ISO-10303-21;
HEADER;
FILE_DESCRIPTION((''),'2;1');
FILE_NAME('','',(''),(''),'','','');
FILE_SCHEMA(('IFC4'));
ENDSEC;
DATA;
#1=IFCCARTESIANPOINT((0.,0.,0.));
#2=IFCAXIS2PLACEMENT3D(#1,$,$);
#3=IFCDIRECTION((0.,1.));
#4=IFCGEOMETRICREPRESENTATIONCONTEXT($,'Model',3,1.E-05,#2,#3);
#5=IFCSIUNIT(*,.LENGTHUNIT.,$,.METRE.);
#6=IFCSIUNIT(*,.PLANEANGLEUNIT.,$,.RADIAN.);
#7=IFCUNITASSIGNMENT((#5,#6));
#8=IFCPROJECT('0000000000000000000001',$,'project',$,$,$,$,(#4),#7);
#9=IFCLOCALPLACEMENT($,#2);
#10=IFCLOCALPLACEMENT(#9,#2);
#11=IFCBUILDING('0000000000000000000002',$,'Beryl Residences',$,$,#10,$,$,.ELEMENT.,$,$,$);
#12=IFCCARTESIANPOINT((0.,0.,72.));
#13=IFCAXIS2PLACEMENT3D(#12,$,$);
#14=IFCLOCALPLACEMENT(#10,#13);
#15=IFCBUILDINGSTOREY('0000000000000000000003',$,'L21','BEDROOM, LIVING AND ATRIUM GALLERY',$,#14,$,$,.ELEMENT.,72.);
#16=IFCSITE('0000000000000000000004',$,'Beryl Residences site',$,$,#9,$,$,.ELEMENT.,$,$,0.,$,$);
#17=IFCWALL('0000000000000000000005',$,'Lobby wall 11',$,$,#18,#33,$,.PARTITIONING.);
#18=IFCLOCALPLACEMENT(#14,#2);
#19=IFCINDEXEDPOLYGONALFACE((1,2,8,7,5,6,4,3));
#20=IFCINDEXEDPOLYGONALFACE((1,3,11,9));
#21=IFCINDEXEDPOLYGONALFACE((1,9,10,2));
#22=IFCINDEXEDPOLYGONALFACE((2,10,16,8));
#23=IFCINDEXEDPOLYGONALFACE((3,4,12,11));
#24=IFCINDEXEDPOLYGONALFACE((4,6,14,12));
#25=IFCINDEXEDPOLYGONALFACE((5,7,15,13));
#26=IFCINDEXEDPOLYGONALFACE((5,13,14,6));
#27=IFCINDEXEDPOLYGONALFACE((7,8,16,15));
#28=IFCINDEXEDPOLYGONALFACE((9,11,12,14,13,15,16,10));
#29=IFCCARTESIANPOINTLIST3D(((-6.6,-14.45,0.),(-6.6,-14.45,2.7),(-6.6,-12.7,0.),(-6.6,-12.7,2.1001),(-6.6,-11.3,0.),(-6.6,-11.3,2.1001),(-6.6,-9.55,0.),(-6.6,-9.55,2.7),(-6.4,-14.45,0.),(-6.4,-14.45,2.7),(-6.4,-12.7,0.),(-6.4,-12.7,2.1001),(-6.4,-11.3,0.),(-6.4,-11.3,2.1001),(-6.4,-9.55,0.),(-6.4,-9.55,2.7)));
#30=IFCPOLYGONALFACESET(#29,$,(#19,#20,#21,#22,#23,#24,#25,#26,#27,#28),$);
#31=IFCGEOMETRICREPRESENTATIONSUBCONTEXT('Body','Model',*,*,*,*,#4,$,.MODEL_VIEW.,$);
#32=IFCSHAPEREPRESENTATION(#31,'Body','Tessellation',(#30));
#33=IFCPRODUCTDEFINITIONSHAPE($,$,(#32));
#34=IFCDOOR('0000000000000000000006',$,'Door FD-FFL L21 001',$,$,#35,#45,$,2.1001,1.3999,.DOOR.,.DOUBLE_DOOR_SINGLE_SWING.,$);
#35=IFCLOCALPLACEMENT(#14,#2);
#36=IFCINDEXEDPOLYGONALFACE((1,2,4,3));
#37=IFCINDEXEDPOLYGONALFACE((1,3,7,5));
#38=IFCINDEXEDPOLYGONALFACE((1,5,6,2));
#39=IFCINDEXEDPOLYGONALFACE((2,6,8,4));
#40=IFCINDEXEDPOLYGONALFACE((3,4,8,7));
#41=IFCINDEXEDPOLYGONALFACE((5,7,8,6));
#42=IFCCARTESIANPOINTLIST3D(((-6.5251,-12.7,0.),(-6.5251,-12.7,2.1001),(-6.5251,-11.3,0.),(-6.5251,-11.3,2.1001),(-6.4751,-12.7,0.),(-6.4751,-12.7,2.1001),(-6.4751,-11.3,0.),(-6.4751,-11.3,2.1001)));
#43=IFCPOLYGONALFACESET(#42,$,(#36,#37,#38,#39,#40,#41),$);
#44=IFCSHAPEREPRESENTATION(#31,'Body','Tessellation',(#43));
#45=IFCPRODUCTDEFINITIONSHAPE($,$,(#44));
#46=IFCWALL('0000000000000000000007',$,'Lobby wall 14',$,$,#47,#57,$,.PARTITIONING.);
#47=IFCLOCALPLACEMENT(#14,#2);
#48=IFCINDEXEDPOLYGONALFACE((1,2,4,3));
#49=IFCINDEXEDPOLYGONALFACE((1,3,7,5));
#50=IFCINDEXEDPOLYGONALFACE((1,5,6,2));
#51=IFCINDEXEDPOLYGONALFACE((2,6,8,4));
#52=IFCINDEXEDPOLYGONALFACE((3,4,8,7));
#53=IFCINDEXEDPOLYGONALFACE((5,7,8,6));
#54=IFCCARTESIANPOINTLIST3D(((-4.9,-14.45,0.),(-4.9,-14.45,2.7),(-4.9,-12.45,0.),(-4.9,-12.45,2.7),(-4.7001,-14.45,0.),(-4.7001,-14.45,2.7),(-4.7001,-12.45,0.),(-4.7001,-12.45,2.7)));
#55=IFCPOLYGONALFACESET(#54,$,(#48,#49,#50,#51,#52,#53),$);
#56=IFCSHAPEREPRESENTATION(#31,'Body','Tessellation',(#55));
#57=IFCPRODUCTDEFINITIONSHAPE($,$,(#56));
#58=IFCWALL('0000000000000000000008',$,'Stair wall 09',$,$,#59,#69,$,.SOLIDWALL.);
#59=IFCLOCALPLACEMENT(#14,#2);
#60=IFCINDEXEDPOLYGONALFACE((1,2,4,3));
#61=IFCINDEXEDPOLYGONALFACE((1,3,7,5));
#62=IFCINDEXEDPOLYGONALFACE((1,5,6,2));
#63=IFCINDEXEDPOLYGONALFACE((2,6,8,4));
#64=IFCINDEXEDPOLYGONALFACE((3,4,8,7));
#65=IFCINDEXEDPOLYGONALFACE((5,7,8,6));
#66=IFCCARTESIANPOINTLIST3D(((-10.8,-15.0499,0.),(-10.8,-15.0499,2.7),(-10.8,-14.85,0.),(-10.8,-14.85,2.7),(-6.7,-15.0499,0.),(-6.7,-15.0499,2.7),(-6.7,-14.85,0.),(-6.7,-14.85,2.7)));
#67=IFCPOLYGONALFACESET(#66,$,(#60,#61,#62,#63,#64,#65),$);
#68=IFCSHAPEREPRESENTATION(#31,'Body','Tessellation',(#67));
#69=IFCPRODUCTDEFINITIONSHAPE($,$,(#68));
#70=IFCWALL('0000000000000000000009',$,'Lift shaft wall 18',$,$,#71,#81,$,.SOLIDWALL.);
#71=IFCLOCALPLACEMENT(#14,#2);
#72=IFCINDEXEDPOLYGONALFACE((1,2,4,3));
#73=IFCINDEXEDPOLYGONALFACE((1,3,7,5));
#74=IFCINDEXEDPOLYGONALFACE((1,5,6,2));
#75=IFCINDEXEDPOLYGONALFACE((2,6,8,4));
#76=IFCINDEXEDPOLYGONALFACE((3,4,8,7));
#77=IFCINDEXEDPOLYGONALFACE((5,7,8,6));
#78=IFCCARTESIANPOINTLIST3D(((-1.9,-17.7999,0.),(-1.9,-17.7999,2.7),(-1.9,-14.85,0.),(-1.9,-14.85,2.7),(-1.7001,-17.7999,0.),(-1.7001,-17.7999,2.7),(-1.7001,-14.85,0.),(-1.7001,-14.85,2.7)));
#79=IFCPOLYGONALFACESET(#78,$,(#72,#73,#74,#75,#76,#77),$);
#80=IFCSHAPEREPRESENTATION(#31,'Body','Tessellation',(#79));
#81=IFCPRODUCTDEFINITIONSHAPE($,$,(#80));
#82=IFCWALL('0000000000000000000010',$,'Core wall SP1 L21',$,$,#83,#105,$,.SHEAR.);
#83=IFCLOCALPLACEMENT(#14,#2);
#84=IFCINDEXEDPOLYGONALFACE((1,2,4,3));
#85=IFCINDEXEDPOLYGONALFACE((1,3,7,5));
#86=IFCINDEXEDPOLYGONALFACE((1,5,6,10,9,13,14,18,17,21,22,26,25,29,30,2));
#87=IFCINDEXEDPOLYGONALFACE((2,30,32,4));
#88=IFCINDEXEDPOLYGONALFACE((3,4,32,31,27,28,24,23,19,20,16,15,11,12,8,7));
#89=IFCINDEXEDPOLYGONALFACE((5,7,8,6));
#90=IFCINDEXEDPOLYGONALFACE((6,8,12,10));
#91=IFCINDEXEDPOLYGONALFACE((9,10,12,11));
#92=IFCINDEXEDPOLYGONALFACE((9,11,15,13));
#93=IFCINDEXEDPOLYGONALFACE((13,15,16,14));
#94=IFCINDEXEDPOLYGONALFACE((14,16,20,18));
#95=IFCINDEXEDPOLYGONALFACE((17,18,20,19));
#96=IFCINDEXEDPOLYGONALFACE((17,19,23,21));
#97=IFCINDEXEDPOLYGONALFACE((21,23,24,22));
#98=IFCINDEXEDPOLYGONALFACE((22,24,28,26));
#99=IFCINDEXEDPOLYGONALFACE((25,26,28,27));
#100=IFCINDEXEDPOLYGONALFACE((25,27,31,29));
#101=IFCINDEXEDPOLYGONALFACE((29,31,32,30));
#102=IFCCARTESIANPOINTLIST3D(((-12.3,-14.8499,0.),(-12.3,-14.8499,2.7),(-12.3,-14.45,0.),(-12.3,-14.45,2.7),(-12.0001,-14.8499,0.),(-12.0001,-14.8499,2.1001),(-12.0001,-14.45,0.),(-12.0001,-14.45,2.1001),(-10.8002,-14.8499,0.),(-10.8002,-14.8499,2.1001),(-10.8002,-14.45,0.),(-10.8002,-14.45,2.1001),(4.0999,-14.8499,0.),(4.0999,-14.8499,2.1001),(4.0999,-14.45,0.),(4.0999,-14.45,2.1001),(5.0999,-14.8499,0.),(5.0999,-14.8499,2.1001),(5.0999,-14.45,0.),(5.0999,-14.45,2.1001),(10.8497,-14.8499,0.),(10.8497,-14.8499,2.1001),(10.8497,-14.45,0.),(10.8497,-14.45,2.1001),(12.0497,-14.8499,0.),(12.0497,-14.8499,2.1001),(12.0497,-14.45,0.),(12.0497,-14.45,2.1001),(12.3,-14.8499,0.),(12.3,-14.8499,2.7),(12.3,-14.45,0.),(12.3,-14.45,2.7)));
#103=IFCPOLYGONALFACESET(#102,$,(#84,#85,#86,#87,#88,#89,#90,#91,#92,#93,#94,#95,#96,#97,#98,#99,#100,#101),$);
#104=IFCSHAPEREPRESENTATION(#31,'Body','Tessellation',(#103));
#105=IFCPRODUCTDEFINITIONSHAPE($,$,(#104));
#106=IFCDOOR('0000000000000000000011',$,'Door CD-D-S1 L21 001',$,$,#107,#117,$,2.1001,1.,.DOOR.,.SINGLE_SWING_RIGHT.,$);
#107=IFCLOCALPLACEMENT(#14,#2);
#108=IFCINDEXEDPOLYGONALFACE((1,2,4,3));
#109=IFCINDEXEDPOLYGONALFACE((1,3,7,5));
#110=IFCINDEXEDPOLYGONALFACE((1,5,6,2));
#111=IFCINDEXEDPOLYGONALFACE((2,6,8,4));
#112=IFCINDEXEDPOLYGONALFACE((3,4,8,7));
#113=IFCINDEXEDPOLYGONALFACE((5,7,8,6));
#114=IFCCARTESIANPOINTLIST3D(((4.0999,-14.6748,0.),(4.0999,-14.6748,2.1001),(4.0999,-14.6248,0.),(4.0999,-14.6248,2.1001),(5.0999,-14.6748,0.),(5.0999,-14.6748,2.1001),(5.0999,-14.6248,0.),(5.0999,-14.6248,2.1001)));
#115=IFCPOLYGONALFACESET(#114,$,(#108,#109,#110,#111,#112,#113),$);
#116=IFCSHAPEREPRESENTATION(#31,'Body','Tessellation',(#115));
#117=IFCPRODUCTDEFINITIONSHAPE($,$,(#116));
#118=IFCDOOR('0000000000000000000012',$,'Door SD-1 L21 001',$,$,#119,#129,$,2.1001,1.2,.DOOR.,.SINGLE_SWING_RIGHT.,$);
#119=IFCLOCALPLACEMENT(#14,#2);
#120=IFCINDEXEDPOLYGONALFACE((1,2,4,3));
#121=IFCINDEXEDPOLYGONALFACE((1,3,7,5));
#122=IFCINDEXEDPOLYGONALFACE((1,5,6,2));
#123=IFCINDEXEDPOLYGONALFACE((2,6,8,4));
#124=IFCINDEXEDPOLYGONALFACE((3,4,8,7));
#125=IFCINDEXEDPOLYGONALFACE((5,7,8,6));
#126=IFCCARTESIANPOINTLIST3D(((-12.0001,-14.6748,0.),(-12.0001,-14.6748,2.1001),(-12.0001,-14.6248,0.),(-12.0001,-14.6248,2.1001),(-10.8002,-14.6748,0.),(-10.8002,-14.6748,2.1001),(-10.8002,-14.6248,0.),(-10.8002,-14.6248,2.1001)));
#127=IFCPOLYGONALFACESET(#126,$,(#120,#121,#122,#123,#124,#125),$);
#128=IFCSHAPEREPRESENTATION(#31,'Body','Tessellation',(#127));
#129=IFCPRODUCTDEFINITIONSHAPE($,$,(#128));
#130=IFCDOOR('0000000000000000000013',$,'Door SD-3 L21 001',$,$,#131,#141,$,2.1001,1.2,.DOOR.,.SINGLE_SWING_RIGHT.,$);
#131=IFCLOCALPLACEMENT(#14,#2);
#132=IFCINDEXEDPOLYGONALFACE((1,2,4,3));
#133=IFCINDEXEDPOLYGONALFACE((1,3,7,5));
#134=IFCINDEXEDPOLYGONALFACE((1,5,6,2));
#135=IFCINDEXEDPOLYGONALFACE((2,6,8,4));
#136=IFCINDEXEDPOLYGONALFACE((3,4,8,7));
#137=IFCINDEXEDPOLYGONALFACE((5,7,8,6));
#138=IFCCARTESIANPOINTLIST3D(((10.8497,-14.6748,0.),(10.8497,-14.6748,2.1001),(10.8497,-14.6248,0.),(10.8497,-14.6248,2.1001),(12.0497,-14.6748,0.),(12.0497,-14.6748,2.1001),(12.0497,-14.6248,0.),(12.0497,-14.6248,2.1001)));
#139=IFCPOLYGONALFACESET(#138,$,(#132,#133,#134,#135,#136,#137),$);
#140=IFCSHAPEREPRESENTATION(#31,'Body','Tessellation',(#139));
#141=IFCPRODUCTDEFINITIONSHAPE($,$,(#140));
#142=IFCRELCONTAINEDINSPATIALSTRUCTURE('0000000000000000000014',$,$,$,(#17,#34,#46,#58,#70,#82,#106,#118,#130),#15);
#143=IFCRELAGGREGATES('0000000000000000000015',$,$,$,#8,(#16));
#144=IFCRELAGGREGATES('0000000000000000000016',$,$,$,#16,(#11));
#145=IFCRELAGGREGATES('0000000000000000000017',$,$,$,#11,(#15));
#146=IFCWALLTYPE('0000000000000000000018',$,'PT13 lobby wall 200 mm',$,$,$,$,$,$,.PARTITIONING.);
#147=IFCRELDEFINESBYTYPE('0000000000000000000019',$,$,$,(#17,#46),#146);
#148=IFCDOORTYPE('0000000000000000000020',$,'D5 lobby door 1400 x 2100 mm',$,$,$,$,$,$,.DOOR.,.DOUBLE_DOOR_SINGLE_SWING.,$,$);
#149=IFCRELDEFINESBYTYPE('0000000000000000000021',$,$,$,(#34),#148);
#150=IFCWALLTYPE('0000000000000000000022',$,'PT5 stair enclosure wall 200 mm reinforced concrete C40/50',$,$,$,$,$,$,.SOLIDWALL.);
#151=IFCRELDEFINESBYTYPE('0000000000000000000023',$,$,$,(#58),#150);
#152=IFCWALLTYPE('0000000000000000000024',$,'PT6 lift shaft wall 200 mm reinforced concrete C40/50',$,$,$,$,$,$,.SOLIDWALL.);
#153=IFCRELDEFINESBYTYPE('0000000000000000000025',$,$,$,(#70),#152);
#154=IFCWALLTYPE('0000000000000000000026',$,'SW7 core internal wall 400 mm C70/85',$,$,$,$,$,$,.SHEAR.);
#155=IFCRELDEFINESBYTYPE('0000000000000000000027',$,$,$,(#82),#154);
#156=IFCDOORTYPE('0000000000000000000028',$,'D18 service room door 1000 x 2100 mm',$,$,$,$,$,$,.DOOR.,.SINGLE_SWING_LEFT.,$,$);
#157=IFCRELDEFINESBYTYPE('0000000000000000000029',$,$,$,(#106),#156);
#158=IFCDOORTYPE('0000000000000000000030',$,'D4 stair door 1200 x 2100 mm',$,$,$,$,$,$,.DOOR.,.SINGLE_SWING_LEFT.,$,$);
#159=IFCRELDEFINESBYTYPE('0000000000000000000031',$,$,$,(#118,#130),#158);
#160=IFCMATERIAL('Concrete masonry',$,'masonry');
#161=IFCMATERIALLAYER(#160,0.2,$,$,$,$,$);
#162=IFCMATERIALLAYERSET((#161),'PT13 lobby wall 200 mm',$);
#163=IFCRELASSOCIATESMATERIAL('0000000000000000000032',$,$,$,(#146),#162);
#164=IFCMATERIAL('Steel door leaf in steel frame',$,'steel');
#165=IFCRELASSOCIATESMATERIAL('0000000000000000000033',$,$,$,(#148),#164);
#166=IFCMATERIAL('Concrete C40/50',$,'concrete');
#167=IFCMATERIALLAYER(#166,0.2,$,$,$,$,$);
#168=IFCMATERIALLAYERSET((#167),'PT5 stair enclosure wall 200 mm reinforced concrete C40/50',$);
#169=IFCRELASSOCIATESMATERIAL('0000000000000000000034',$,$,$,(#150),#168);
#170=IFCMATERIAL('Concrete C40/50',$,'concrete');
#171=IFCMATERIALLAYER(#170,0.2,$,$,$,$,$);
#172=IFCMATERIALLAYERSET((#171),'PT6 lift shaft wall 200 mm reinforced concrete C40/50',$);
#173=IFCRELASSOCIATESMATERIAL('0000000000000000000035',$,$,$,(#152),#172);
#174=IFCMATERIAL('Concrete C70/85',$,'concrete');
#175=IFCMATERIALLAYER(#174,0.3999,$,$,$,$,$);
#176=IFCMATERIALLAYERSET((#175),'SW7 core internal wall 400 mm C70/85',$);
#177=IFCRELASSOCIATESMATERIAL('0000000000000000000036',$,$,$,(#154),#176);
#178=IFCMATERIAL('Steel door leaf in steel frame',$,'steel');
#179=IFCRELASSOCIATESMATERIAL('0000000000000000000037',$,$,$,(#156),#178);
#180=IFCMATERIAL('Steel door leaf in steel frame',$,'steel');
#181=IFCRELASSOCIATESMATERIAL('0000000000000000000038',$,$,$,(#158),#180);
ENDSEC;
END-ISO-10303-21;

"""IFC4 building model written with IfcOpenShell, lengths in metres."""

from ifc_helpers import new_model, si_unit, direction, frame, frame_2d, origin, place, context, subcontext, project, spatial, rectangle, extrude, material, layer, layer_set, type_object, element, fill, save


model = new_model("IFC4")

# Units and contexts
model_context = context("Model", 3, precision=1e-05, world=origin(), true_north=direction((0.0, 1.0)))
body_context = subcontext(model_context, "Body", "Model", "MODEL_VIEW")
ifc_project = project(units=[si_unit("LENGTHUNIT", "METRE"), si_unit("PLANEANGLEUNIT", "RADIAN")], contexts=[model_context])

# Site, building, storey
site_placement = place(None, origin())
site = spatial("IfcSite", under=ifc_project, at=site_placement, Name="Beryl Residences site", CompositionType="ELEMENT", RefElevation=0.0)
building_placement = place(site_placement, origin())
building = spatial("IfcBuilding", under=site, at=building_placement, Name="Beryl Residences", CompositionType="ELEMENT")
storey_placement = place(building_placement, frame((0.0, 0.0, 72.0)))
storey = spatial("IfcBuildingStorey", under=building, at=storey_placement, Name="L21", Description="BEDROOM, LIVING AND ATRIUM GALLERY", CompositionType="ELEMENT", Elevation=72.0)

# Wall, opening, door
ifc_material_1 = material(Name="Concrete masonry", Category="masonry")
ifc_layer_1 = layer(ifc_material_1, 0.2)
ifc_layer_set_1 = layer_set([ifc_layer_1], Name="PT13 lobby wall 200 mm")
wall_type_1 = type_object("IfcWallType", Name="PT13 lobby wall 200 mm", PredefinedType="PARTITIONING", material=ifc_layer_set_1)
wall_1_placement = place(storey_placement, frame((-6.5, -14.45, 0.0), z_axis=(0.0, 0.0, 1.0), x_axis=(0.0, 1.0, 0.0)))
wall_1 = element("IfcWall", 1, at=wall_1_placement, inside=storey, type_object=wall_type_1, Name="Lobby wall 11", PredefinedType="PARTITIONING", context=body_context, shape_type="SweptSolid", body=[
    extrude(rectangle(XDim=4.8999, YDim=0.2, at=frame_2d((2.45, 0.0))), origin(), (0.0, 0.0, 1.0), 2.7),
])
opening_1_placement = place(wall_1_placement, frame((3.1499, 0.0, 0.0), z_axis=(0.0, 0.0, 1.0), x_axis=(-1.0, 0.0, 0.0)))
opening_1 = element("IfcOpeningElement", 2, at=opening_1_placement, cuts=wall_1, PredefinedType="OPENING", context=body_context, shape_type="SweptSolid", body=[
    extrude(rectangle(XDim=1.3999, YDim=2.1001, at=frame_2d((0.7, 1.05))), frame((0.0, 0.1099, 0.0), z_axis=(0.0, -1.0, 0.0), x_axis=(1.0, 0.0, 0.0)), (0.0, 0.0, 1.0), 0.22),
])
ifc_material_2 = material(Name="Steel door leaf in steel frame", Category="steel")
door_type_1 = type_object("IfcDoorType", Name="D5 lobby door 1400 x 2100 mm", OperationType="DOUBLE_DOOR_SINGLE_SWING", PredefinedType="DOOR", material=ifc_material_2)
door_1_placement = place(opening_1_placement, origin())
door_1 = element("IfcDoor", 3, at=door_1_placement, inside=storey, type_object=door_type_1, Name="Door FD-FFL L21 001", OperationType="DOUBLE_DOOR_SINGLE_SWING", OverallHeight=2.1001, OverallWidth=1.3999, PredefinedType="DOOR", context=body_context, shape_type="SweptSolid", body=[
    extrude(rectangle(XDim=1.3999, YDim=2.1001, at=frame_2d((0.7, 1.05))), frame((0.0, 0.0249, 0.0), z_axis=(0.0, -1.0, 0.0), x_axis=(1.0, 0.0, 0.0)), (0.0, 0.0, 1.0), 0.05),
])
fill(opening_1, door_1)

# Walls
wall_2_placement = place(storey_placement, frame((-4.8, -14.45, 0.0), z_axis=(0.0, 0.0, 1.0), x_axis=(0.0, 1.0, 0.0)))
element("IfcWall", 4, at=wall_2_placement, inside=storey, type_object=wall_type_1, Name="Lobby wall 14", PredefinedType="PARTITIONING", context=body_context, shape_type="SweptSolid", body=[
    extrude(rectangle(XDim=2.0, YDim=0.2, at=frame_2d((1.0, 0.0))), origin(), (0.0, 0.0, 1.0), 2.7),
])
ifc_material_3 = material(Name="Concrete C40/50", Category="concrete")
ifc_layer_2 = layer(ifc_material_3, 0.2)
ifc_layer_set_2 = layer_set([ifc_layer_2], Name="PT5 stair enclosure wall 200 mm reinforced concrete C40/50")
wall_type_2 = type_object("IfcWallType", Name="PT5 stair enclosure wall 200 mm reinforced concrete C40/50", PredefinedType="SOLIDWALL", material=ifc_layer_set_2)
wall_3_placement = place(storey_placement, frame((-10.8, -14.95, 0.0), z_axis=(0.0, 0.0, 1.0), x_axis=(1.0, 0.0, 0.0)))
element("IfcWall", 5, at=wall_3_placement, inside=storey, type_object=wall_type_2, Name="Stair wall 09", PredefinedType="SOLIDWALL", context=body_context, shape_type="SweptSolid", body=[
    extrude(rectangle(XDim=4.1001, YDim=0.2, at=frame_2d((2.05, 0.0))), origin(), (0.0, 0.0, 1.0), 2.7),
])
ifc_material_4 = material(Name="Concrete C40/50", Category="concrete")
ifc_layer_3 = layer(ifc_material_4, 0.2)
ifc_layer_set_3 = layer_set([ifc_layer_3], Name="PT6 lift shaft wall 200 mm reinforced concrete C40/50")
wall_type_3 = type_object("IfcWallType", Name="PT6 lift shaft wall 200 mm reinforced concrete C40/50", PredefinedType="SOLIDWALL", material=ifc_layer_set_3)
wall_4_placement = place(storey_placement, frame((-1.8, -17.8, 0.0), z_axis=(0.0, 0.0, 1.0), x_axis=(0.0, 1.0, 0.0)))
element("IfcWall", 6, at=wall_4_placement, inside=storey, type_object=wall_type_3, Name="Lift shaft wall 18", PredefinedType="SOLIDWALL", context=body_context, shape_type="SweptSolid", body=[
    extrude(rectangle(XDim=2.95, YDim=0.2, at=frame_2d((1.4751, 0.0))), origin(), (0.0, 0.0, 1.0), 2.7),
])

# Wall, openings, doors
ifc_material_5 = material(Name="Concrete C70/85", Category="concrete")
ifc_layer_4 = layer(ifc_material_5, 0.3999)
ifc_layer_set_4 = layer_set([ifc_layer_4], Name="SW7 core internal wall 400 mm C70/85")
wall_type_4 = type_object("IfcWallType", Name="SW7 core internal wall 400 mm C70/85", PredefinedType="SHEAR", material=ifc_layer_set_4)
wall_5_placement = place(storey_placement, frame((-12.3, -14.6499, 0.0), z_axis=(0.0, 0.0, 1.0), x_axis=(1.0, 0.0, 0.0)))
wall_5 = element("IfcWall", 7, at=wall_5_placement, inside=storey, type_object=wall_type_4, Name="Core wall SP1 L21", PredefinedType="SHEAR", context=body_context, shape_type="SweptSolid", body=[
    extrude(rectangle(XDim=24.6001, YDim=0.3999, at=frame_2d((12.3, 0.0))), origin(), (0.0, 0.0, 1.0), 2.7),
])
opening_2_placement = place(wall_5_placement, frame((1.5, 0.0, 0.0), z_axis=(0.0, 0.0, 1.0), x_axis=(-1.0, 0.0, 0.0)))
opening_2 = element("IfcOpeningElement", 8, at=opening_2_placement, cuts=wall_5, PredefinedType="OPENING", context=body_context, shape_type="SweptSolid", body=[
    extrude(rectangle(XDim=1.2, YDim=2.1001, at=frame_2d((0.6001, 1.05))), frame((0.0, 0.21, 0.0), z_axis=(0.0, -1.0, 0.0), x_axis=(1.0, 0.0, 0.0)), (0.0, 0.0, 1.0), 0.4199),
])
opening_3_placement = place(wall_5_placement, frame((24.3499, 0.0, 0.0), z_axis=(0.0, 0.0, 1.0), x_axis=(-1.0, 0.0, 0.0)))
opening_3 = element("IfcOpeningElement", 9, at=opening_3_placement, cuts=wall_5, PredefinedType="OPENING", context=body_context, shape_type="SweptSolid", body=[
    extrude(rectangle(XDim=1.2, YDim=2.1001, at=frame_2d((0.6001, 1.05))), frame((0.0, 0.21, 0.0), z_axis=(0.0, -1.0, 0.0), x_axis=(1.0, 0.0, 0.0)), (0.0, 0.0, 1.0), 0.4199),
])
opening_4_placement = place(wall_5_placement, frame((17.3999, 0.0, 0.0), z_axis=(0.0, 0.0, 1.0), x_axis=(-1.0, 0.0, 0.0)))
opening_4 = element("IfcOpeningElement", 10, at=opening_4_placement, cuts=wall_5, PredefinedType="OPENING", context=body_context, shape_type="SweptSolid", body=[
    extrude(rectangle(XDim=1.0, YDim=2.1001, at=frame_2d((0.5, 1.05))), frame((0.0, 0.21, 0.0), z_axis=(0.0, -1.0, 0.0), x_axis=(1.0, 0.0, 0.0)), (0.0, 0.0, 1.0), 0.4199),
])
ifc_material_6 = material(Name="Steel door leaf in steel frame", Category="steel")
door_type_2 = type_object("IfcDoorType", Name="D18 service room door 1000 x 2100 mm", OperationType="SINGLE_SWING_LEFT", PredefinedType="DOOR", material=ifc_material_6)
door_2_placement = place(opening_4_placement, origin())
door_2 = element("IfcDoor", 11, at=door_2_placement, inside=storey, type_object=door_type_2, Name="Door CD-D-S1 L21 001", OperationType="SINGLE_SWING_RIGHT", OverallHeight=2.1001, OverallWidth=1.0, PredefinedType="DOOR", context=body_context, shape_type="SweptSolid", body=[
    extrude(rectangle(XDim=1.0, YDim=2.1001, at=frame_2d((0.5, 1.05))), frame((0.0, 0.0249, 0.0), z_axis=(0.0, -1.0, 0.0), x_axis=(1.0, 0.0, 0.0)), (0.0, 0.0, 1.0), 0.05),
])
fill(opening_4, door_2)
ifc_material_7 = material(Name="Steel door leaf in steel frame", Category="steel")
door_type_3 = type_object("IfcDoorType", Name="D4 stair door 1200 x 2100 mm", OperationType="SINGLE_SWING_LEFT", PredefinedType="DOOR", material=ifc_material_7)
door_3_placement = place(opening_2_placement, origin())
door_3 = element("IfcDoor", 12, at=door_3_placement, inside=storey, type_object=door_type_3, Name="Door SD-1 L21 001", OperationType="SINGLE_SWING_RIGHT", OverallHeight=2.1001, OverallWidth=1.2, PredefinedType="DOOR", context=body_context, shape_type="SweptSolid", body=[
    extrude(rectangle(XDim=1.2, YDim=2.1001, at=frame_2d((0.6001, 1.05))), frame((0.0, 0.0249, 0.0), z_axis=(0.0, -1.0, 0.0), x_axis=(1.0, 0.0, 0.0)), (0.0, 0.0, 1.0), 0.05),
])
fill(opening_2, door_3)
door_4_placement = place(opening_3_placement, origin())
door_4 = element("IfcDoor", 13, at=door_4_placement, inside=storey, type_object=door_type_3, Name="Door SD-3 L21 001", OperationType="SINGLE_SWING_RIGHT", OverallHeight=2.1001, OverallWidth=1.2, PredefinedType="DOOR", context=body_context, shape_type="SweptSolid", body=[
    extrude(rectangle(XDim=1.2, YDim=2.1001, at=frame_2d((0.6001, 1.05))), frame((0.0, 0.0249, 0.0), z_axis=(0.0, -1.0, 0.0), x_axis=(1.0, 0.0, 0.0)), (0.0, 0.0, 1.0), 0.05),
])
fill(opening_3, door_4)

save(model, "model.ifc")
